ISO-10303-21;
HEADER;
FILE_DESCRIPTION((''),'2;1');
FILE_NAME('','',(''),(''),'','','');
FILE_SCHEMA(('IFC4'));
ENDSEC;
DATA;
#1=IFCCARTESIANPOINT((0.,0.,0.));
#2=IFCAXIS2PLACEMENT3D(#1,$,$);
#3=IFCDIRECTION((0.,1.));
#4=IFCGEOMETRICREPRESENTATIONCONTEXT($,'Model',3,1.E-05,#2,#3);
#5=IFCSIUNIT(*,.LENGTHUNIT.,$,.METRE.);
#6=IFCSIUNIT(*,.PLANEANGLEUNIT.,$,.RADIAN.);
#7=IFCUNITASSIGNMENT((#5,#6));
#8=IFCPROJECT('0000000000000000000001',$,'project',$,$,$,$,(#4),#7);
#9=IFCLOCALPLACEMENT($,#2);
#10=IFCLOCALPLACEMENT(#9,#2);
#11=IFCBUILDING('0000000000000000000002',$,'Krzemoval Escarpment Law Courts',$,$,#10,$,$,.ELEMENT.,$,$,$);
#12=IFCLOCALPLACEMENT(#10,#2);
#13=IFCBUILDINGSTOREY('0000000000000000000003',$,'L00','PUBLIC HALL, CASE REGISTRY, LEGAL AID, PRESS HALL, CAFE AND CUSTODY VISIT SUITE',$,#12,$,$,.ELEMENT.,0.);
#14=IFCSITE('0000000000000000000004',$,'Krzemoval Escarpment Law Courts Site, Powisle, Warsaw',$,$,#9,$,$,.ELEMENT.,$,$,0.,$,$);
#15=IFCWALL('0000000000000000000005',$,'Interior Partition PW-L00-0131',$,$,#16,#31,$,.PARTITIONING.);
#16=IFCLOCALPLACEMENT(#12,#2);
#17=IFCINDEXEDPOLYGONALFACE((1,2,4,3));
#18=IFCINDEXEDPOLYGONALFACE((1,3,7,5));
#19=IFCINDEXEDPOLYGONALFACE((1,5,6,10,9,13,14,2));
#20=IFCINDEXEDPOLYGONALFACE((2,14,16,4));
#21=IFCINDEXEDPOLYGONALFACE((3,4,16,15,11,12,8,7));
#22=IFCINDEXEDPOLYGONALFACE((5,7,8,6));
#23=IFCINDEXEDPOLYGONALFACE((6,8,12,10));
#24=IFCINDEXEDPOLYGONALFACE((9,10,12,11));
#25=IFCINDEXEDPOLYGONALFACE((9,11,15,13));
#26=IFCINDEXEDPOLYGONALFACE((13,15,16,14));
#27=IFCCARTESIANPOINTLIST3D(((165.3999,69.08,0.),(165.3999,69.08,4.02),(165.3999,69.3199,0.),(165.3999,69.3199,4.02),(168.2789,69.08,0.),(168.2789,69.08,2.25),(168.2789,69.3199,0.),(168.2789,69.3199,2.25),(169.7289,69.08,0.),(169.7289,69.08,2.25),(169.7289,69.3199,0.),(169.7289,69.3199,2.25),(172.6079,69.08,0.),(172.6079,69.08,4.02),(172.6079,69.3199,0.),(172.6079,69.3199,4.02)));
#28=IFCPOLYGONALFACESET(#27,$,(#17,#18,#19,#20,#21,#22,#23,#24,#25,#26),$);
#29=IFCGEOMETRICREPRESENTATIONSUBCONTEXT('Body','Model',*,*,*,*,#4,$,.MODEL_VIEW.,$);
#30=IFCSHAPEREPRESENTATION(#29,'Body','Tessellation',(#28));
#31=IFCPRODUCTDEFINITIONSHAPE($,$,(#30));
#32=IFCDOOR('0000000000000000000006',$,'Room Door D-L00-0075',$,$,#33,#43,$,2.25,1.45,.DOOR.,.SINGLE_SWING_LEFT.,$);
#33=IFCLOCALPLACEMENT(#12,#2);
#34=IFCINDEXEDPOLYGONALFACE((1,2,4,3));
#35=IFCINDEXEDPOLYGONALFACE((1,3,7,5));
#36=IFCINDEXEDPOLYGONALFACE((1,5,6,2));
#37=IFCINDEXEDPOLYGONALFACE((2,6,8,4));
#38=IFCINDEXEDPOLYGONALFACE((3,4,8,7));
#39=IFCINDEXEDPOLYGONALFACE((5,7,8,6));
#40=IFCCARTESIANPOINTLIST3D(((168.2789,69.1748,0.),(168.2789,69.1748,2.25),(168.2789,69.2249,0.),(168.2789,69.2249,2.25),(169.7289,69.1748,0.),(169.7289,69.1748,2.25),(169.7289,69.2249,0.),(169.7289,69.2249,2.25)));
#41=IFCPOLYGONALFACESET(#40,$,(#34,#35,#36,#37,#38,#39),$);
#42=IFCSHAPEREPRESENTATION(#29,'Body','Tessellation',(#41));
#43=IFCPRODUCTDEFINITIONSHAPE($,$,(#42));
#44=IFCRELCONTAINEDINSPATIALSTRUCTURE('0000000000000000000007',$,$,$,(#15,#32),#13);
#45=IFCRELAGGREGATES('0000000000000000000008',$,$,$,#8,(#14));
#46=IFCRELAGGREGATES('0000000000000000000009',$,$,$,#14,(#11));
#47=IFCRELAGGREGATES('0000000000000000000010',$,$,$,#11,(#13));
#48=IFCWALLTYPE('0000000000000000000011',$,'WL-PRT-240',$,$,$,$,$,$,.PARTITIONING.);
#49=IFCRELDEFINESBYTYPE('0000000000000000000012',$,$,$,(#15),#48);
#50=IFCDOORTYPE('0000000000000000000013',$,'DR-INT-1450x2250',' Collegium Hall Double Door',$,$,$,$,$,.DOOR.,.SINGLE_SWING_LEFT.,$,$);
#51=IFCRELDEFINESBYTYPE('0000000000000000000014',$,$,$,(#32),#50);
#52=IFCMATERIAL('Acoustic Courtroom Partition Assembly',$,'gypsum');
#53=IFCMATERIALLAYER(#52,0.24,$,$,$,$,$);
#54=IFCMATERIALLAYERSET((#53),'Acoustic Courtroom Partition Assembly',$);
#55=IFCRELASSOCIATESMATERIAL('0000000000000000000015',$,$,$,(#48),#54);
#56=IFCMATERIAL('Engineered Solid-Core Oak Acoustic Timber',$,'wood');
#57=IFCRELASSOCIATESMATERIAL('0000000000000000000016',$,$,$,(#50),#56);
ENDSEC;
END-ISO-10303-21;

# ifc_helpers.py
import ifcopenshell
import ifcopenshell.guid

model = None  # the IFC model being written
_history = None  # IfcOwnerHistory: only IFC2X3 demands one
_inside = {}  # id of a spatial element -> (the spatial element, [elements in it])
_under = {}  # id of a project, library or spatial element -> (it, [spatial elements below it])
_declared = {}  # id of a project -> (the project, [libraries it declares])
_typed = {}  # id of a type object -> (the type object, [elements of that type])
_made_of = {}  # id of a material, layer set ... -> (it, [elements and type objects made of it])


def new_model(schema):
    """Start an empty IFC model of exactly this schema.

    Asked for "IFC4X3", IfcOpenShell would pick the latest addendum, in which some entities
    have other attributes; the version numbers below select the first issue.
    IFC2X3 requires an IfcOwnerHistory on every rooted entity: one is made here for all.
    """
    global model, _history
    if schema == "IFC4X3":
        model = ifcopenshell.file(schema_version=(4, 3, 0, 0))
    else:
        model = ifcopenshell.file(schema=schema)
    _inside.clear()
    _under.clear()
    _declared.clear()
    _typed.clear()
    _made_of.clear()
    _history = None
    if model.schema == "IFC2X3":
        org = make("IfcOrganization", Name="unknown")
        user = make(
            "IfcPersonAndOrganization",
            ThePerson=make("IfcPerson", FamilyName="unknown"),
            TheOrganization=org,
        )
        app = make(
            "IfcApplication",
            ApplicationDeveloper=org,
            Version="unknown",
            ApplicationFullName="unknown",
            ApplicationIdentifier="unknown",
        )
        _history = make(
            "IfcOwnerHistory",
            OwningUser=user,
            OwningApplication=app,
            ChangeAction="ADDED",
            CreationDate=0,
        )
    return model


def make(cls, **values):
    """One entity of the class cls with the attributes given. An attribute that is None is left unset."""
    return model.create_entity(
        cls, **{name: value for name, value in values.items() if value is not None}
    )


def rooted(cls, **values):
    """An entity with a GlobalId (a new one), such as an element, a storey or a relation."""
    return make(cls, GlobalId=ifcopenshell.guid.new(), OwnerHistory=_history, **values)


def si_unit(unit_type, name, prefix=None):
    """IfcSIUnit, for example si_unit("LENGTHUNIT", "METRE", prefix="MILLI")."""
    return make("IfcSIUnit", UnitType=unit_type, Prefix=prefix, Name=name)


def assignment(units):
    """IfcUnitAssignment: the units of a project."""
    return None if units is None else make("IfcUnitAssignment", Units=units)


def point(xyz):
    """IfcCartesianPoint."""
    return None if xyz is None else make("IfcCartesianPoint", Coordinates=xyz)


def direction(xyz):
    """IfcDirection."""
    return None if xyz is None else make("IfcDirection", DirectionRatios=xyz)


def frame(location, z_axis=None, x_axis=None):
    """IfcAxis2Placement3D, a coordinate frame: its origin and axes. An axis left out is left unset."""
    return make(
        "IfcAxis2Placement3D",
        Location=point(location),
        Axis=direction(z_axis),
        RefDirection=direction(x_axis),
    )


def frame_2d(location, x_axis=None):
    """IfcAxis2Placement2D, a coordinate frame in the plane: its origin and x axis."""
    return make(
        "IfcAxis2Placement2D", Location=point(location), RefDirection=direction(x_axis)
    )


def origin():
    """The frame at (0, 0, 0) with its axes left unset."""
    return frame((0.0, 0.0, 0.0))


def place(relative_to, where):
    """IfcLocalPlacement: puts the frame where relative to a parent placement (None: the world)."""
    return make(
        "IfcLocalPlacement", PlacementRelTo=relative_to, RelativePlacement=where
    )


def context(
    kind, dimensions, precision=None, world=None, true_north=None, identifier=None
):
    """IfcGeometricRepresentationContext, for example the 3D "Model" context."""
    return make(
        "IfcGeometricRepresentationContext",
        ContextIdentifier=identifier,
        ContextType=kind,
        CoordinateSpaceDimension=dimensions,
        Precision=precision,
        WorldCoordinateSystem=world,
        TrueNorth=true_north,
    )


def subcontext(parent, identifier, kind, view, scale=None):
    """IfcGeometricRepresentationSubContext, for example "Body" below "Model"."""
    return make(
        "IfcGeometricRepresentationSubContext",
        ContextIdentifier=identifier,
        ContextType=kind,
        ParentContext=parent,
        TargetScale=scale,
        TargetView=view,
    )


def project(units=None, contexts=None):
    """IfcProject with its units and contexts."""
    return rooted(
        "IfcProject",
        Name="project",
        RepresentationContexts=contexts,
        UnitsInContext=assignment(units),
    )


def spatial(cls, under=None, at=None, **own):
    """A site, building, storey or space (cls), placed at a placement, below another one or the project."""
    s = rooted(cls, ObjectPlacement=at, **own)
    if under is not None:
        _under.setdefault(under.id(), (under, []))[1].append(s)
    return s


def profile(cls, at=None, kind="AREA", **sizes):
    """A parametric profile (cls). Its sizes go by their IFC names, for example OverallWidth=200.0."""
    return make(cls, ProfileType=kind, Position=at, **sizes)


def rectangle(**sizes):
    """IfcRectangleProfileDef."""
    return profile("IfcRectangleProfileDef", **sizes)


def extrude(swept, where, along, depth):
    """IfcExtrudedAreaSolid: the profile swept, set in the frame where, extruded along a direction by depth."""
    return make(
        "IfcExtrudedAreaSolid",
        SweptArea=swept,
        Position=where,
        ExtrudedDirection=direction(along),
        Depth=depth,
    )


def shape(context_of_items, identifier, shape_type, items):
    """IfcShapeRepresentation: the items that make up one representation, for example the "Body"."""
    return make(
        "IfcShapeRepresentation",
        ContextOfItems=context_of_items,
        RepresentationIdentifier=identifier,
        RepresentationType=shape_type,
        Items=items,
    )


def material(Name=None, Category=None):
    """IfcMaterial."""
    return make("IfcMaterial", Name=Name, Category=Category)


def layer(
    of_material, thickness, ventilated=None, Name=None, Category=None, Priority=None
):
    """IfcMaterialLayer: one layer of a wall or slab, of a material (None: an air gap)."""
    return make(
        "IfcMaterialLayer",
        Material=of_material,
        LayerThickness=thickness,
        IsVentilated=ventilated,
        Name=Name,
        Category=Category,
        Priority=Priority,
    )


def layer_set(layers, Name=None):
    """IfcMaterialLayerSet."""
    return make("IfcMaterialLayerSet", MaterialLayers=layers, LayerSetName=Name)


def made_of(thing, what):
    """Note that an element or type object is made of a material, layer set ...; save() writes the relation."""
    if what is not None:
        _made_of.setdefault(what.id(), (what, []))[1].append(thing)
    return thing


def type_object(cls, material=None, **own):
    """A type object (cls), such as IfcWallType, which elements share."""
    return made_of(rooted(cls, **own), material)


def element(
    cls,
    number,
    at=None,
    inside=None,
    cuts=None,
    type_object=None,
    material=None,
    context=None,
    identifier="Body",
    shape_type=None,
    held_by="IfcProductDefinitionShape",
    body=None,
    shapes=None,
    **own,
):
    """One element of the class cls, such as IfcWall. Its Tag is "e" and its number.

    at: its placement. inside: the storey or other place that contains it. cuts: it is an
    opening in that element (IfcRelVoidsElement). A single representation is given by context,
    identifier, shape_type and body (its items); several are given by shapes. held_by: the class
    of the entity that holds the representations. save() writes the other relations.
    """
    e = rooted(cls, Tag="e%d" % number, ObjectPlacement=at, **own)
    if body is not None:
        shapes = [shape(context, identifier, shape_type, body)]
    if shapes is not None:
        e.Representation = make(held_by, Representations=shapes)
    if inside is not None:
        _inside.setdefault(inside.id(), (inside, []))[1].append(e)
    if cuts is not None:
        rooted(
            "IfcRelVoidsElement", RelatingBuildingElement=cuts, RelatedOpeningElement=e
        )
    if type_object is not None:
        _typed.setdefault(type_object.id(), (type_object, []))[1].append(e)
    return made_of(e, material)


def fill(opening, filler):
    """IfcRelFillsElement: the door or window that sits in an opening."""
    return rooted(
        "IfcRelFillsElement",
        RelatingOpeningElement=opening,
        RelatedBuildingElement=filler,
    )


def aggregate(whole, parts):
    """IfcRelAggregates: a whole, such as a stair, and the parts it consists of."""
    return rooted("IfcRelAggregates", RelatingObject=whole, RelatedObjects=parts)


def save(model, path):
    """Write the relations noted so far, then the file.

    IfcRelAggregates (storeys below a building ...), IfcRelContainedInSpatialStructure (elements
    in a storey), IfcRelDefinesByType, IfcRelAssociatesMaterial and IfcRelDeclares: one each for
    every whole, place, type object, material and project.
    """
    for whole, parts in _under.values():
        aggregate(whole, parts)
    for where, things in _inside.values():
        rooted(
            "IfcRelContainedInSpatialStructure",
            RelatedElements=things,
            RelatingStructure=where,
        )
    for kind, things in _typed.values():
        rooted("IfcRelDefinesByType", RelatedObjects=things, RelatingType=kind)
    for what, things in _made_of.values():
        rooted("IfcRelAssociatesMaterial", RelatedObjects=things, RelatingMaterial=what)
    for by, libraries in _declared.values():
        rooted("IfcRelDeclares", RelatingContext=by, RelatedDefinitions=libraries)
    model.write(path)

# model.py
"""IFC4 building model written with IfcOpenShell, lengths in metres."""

from ifc_helpers import new_model, si_unit, direction, frame, frame_2d, origin, place, context, subcontext, project, spatial, rectangle, extrude, material, layer, layer_set, type_object, element, fill, save


model = new_model("IFC4")

# Units and contexts
model_context = context("Model", 3, precision=1e-05, world=origin(), true_north=direction((0.0, 1.0)))
body_context = subcontext(model_context, "Body", "Model", "MODEL_VIEW")
ifc_project = project(units=[si_unit("LENGTHUNIT", "METRE"), si_unit("PLANEANGLEUNIT", "RADIAN")], contexts=[model_context])

# Site, building, storey
site_placement = place(None, origin())
site = spatial("IfcSite", under=ifc_project, at=site_placement, Name="Krzemoval Escarpment Law Courts Site, Powisle, Warsaw", CompositionType="ELEMENT", RefElevation=0.0)
building_placement = place(site_placement, origin())
building = spatial("IfcBuilding", under=site, at=building_placement, Name="Krzemoval Escarpment Law Courts", CompositionType="ELEMENT")
storey_placement = place(building_placement, origin())
storey = spatial("IfcBuildingStorey", under=building, at=storey_placement, Name="L00", Description="PUBLIC HALL, CASE REGISTRY, LEGAL AID, PRESS HALL, CAFE AND CUSTODY VISIT SUITE", CompositionType="ELEMENT", Elevation=0.0)

# Wall, opening, door
ifc_material_1 = material(Name="Acoustic Courtroom Partition Assembly", Category="gypsum")
ifc_layer_1 = layer(ifc_material_1, 0.24)
ifc_layer_set_1 = layer_set([ifc_layer_1], Name="Acoustic Courtroom Partition Assembly")
wall_type_1 = type_object("IfcWallType", Name="WL-PRT-240", PredefinedType="PARTITIONING", material=ifc_layer_set_1)
wall_1_placement = place(storey_placement, frame((165.3999, 69.2, 0.0), z_axis=(0.0, 0.0, 1.0), x_axis=(1.0, 0.0, 0.0)))
wall_1 = element("IfcWall", 1, at=wall_1_placement, inside=storey, type_object=wall_type_1, Name="Interior Partition PW-L00-0131", PredefinedType="PARTITIONING", context=body_context, shape_type="SweptSolid", body=[
    extrude(rectangle(XDim=7.208, YDim=0.24, at=frame_2d((3.604, 0.0))), origin(), (0.0, 0.0, 1.0), 4.02),
])
opening_1_placement = place(wall_1_placement, frame((2.8789, 0.0, 0.0)))
opening_1 = element("IfcOpeningElement", 2, at=opening_1_placement, cuts=wall_1, PredefinedType="OPENING", context=body_context, shape_type="SweptSolid", body=[
    extrude(rectangle(XDim=1.45, YDim=2.25, at=frame_2d((0.7251, 1.125))), frame((0.0, 0.135, 0.0), z_axis=(0.0, -1.0, 0.0), x_axis=(1.0, 0.0, 0.0)), (0.0, 0.0, 1.0), 0.27),
])
ifc_material_2 = material(Name="Engineered Solid-Core Oak Acoustic Timber", Category="wood")
door_type_1 = type_object("IfcDoorType", Name="DR-INT-1450x2250", Description=" Collegium Hall Double Door", OperationType="SINGLE_SWING_LEFT", PredefinedType="DOOR", material=ifc_material_2)
door_1_placement = place(opening_1_placement, origin())
door_1 = element("IfcDoor", 3, at=door_1_placement, inside=storey, type_object=door_type_1, Name="Room Door D-L00-0075", OperationType="SINGLE_SWING_LEFT", OverallHeight=2.25, OverallWidth=1.45, PredefinedType="DOOR", context=body_context, shape_type="SweptSolid", body=[
    extrude(rectangle(XDim=1.45, YDim=2.25, at=frame_2d((0.7251, 1.125))), frame((0.0, 0.0249, 0.0), z_axis=(0.0, -1.0, 0.0), x_axis=(1.0, 0.0, 0.0)), (0.0, 0.0, 1.0), 0.05),
])
fill(opening_1, door_1)

save(model, "model.ifc")
